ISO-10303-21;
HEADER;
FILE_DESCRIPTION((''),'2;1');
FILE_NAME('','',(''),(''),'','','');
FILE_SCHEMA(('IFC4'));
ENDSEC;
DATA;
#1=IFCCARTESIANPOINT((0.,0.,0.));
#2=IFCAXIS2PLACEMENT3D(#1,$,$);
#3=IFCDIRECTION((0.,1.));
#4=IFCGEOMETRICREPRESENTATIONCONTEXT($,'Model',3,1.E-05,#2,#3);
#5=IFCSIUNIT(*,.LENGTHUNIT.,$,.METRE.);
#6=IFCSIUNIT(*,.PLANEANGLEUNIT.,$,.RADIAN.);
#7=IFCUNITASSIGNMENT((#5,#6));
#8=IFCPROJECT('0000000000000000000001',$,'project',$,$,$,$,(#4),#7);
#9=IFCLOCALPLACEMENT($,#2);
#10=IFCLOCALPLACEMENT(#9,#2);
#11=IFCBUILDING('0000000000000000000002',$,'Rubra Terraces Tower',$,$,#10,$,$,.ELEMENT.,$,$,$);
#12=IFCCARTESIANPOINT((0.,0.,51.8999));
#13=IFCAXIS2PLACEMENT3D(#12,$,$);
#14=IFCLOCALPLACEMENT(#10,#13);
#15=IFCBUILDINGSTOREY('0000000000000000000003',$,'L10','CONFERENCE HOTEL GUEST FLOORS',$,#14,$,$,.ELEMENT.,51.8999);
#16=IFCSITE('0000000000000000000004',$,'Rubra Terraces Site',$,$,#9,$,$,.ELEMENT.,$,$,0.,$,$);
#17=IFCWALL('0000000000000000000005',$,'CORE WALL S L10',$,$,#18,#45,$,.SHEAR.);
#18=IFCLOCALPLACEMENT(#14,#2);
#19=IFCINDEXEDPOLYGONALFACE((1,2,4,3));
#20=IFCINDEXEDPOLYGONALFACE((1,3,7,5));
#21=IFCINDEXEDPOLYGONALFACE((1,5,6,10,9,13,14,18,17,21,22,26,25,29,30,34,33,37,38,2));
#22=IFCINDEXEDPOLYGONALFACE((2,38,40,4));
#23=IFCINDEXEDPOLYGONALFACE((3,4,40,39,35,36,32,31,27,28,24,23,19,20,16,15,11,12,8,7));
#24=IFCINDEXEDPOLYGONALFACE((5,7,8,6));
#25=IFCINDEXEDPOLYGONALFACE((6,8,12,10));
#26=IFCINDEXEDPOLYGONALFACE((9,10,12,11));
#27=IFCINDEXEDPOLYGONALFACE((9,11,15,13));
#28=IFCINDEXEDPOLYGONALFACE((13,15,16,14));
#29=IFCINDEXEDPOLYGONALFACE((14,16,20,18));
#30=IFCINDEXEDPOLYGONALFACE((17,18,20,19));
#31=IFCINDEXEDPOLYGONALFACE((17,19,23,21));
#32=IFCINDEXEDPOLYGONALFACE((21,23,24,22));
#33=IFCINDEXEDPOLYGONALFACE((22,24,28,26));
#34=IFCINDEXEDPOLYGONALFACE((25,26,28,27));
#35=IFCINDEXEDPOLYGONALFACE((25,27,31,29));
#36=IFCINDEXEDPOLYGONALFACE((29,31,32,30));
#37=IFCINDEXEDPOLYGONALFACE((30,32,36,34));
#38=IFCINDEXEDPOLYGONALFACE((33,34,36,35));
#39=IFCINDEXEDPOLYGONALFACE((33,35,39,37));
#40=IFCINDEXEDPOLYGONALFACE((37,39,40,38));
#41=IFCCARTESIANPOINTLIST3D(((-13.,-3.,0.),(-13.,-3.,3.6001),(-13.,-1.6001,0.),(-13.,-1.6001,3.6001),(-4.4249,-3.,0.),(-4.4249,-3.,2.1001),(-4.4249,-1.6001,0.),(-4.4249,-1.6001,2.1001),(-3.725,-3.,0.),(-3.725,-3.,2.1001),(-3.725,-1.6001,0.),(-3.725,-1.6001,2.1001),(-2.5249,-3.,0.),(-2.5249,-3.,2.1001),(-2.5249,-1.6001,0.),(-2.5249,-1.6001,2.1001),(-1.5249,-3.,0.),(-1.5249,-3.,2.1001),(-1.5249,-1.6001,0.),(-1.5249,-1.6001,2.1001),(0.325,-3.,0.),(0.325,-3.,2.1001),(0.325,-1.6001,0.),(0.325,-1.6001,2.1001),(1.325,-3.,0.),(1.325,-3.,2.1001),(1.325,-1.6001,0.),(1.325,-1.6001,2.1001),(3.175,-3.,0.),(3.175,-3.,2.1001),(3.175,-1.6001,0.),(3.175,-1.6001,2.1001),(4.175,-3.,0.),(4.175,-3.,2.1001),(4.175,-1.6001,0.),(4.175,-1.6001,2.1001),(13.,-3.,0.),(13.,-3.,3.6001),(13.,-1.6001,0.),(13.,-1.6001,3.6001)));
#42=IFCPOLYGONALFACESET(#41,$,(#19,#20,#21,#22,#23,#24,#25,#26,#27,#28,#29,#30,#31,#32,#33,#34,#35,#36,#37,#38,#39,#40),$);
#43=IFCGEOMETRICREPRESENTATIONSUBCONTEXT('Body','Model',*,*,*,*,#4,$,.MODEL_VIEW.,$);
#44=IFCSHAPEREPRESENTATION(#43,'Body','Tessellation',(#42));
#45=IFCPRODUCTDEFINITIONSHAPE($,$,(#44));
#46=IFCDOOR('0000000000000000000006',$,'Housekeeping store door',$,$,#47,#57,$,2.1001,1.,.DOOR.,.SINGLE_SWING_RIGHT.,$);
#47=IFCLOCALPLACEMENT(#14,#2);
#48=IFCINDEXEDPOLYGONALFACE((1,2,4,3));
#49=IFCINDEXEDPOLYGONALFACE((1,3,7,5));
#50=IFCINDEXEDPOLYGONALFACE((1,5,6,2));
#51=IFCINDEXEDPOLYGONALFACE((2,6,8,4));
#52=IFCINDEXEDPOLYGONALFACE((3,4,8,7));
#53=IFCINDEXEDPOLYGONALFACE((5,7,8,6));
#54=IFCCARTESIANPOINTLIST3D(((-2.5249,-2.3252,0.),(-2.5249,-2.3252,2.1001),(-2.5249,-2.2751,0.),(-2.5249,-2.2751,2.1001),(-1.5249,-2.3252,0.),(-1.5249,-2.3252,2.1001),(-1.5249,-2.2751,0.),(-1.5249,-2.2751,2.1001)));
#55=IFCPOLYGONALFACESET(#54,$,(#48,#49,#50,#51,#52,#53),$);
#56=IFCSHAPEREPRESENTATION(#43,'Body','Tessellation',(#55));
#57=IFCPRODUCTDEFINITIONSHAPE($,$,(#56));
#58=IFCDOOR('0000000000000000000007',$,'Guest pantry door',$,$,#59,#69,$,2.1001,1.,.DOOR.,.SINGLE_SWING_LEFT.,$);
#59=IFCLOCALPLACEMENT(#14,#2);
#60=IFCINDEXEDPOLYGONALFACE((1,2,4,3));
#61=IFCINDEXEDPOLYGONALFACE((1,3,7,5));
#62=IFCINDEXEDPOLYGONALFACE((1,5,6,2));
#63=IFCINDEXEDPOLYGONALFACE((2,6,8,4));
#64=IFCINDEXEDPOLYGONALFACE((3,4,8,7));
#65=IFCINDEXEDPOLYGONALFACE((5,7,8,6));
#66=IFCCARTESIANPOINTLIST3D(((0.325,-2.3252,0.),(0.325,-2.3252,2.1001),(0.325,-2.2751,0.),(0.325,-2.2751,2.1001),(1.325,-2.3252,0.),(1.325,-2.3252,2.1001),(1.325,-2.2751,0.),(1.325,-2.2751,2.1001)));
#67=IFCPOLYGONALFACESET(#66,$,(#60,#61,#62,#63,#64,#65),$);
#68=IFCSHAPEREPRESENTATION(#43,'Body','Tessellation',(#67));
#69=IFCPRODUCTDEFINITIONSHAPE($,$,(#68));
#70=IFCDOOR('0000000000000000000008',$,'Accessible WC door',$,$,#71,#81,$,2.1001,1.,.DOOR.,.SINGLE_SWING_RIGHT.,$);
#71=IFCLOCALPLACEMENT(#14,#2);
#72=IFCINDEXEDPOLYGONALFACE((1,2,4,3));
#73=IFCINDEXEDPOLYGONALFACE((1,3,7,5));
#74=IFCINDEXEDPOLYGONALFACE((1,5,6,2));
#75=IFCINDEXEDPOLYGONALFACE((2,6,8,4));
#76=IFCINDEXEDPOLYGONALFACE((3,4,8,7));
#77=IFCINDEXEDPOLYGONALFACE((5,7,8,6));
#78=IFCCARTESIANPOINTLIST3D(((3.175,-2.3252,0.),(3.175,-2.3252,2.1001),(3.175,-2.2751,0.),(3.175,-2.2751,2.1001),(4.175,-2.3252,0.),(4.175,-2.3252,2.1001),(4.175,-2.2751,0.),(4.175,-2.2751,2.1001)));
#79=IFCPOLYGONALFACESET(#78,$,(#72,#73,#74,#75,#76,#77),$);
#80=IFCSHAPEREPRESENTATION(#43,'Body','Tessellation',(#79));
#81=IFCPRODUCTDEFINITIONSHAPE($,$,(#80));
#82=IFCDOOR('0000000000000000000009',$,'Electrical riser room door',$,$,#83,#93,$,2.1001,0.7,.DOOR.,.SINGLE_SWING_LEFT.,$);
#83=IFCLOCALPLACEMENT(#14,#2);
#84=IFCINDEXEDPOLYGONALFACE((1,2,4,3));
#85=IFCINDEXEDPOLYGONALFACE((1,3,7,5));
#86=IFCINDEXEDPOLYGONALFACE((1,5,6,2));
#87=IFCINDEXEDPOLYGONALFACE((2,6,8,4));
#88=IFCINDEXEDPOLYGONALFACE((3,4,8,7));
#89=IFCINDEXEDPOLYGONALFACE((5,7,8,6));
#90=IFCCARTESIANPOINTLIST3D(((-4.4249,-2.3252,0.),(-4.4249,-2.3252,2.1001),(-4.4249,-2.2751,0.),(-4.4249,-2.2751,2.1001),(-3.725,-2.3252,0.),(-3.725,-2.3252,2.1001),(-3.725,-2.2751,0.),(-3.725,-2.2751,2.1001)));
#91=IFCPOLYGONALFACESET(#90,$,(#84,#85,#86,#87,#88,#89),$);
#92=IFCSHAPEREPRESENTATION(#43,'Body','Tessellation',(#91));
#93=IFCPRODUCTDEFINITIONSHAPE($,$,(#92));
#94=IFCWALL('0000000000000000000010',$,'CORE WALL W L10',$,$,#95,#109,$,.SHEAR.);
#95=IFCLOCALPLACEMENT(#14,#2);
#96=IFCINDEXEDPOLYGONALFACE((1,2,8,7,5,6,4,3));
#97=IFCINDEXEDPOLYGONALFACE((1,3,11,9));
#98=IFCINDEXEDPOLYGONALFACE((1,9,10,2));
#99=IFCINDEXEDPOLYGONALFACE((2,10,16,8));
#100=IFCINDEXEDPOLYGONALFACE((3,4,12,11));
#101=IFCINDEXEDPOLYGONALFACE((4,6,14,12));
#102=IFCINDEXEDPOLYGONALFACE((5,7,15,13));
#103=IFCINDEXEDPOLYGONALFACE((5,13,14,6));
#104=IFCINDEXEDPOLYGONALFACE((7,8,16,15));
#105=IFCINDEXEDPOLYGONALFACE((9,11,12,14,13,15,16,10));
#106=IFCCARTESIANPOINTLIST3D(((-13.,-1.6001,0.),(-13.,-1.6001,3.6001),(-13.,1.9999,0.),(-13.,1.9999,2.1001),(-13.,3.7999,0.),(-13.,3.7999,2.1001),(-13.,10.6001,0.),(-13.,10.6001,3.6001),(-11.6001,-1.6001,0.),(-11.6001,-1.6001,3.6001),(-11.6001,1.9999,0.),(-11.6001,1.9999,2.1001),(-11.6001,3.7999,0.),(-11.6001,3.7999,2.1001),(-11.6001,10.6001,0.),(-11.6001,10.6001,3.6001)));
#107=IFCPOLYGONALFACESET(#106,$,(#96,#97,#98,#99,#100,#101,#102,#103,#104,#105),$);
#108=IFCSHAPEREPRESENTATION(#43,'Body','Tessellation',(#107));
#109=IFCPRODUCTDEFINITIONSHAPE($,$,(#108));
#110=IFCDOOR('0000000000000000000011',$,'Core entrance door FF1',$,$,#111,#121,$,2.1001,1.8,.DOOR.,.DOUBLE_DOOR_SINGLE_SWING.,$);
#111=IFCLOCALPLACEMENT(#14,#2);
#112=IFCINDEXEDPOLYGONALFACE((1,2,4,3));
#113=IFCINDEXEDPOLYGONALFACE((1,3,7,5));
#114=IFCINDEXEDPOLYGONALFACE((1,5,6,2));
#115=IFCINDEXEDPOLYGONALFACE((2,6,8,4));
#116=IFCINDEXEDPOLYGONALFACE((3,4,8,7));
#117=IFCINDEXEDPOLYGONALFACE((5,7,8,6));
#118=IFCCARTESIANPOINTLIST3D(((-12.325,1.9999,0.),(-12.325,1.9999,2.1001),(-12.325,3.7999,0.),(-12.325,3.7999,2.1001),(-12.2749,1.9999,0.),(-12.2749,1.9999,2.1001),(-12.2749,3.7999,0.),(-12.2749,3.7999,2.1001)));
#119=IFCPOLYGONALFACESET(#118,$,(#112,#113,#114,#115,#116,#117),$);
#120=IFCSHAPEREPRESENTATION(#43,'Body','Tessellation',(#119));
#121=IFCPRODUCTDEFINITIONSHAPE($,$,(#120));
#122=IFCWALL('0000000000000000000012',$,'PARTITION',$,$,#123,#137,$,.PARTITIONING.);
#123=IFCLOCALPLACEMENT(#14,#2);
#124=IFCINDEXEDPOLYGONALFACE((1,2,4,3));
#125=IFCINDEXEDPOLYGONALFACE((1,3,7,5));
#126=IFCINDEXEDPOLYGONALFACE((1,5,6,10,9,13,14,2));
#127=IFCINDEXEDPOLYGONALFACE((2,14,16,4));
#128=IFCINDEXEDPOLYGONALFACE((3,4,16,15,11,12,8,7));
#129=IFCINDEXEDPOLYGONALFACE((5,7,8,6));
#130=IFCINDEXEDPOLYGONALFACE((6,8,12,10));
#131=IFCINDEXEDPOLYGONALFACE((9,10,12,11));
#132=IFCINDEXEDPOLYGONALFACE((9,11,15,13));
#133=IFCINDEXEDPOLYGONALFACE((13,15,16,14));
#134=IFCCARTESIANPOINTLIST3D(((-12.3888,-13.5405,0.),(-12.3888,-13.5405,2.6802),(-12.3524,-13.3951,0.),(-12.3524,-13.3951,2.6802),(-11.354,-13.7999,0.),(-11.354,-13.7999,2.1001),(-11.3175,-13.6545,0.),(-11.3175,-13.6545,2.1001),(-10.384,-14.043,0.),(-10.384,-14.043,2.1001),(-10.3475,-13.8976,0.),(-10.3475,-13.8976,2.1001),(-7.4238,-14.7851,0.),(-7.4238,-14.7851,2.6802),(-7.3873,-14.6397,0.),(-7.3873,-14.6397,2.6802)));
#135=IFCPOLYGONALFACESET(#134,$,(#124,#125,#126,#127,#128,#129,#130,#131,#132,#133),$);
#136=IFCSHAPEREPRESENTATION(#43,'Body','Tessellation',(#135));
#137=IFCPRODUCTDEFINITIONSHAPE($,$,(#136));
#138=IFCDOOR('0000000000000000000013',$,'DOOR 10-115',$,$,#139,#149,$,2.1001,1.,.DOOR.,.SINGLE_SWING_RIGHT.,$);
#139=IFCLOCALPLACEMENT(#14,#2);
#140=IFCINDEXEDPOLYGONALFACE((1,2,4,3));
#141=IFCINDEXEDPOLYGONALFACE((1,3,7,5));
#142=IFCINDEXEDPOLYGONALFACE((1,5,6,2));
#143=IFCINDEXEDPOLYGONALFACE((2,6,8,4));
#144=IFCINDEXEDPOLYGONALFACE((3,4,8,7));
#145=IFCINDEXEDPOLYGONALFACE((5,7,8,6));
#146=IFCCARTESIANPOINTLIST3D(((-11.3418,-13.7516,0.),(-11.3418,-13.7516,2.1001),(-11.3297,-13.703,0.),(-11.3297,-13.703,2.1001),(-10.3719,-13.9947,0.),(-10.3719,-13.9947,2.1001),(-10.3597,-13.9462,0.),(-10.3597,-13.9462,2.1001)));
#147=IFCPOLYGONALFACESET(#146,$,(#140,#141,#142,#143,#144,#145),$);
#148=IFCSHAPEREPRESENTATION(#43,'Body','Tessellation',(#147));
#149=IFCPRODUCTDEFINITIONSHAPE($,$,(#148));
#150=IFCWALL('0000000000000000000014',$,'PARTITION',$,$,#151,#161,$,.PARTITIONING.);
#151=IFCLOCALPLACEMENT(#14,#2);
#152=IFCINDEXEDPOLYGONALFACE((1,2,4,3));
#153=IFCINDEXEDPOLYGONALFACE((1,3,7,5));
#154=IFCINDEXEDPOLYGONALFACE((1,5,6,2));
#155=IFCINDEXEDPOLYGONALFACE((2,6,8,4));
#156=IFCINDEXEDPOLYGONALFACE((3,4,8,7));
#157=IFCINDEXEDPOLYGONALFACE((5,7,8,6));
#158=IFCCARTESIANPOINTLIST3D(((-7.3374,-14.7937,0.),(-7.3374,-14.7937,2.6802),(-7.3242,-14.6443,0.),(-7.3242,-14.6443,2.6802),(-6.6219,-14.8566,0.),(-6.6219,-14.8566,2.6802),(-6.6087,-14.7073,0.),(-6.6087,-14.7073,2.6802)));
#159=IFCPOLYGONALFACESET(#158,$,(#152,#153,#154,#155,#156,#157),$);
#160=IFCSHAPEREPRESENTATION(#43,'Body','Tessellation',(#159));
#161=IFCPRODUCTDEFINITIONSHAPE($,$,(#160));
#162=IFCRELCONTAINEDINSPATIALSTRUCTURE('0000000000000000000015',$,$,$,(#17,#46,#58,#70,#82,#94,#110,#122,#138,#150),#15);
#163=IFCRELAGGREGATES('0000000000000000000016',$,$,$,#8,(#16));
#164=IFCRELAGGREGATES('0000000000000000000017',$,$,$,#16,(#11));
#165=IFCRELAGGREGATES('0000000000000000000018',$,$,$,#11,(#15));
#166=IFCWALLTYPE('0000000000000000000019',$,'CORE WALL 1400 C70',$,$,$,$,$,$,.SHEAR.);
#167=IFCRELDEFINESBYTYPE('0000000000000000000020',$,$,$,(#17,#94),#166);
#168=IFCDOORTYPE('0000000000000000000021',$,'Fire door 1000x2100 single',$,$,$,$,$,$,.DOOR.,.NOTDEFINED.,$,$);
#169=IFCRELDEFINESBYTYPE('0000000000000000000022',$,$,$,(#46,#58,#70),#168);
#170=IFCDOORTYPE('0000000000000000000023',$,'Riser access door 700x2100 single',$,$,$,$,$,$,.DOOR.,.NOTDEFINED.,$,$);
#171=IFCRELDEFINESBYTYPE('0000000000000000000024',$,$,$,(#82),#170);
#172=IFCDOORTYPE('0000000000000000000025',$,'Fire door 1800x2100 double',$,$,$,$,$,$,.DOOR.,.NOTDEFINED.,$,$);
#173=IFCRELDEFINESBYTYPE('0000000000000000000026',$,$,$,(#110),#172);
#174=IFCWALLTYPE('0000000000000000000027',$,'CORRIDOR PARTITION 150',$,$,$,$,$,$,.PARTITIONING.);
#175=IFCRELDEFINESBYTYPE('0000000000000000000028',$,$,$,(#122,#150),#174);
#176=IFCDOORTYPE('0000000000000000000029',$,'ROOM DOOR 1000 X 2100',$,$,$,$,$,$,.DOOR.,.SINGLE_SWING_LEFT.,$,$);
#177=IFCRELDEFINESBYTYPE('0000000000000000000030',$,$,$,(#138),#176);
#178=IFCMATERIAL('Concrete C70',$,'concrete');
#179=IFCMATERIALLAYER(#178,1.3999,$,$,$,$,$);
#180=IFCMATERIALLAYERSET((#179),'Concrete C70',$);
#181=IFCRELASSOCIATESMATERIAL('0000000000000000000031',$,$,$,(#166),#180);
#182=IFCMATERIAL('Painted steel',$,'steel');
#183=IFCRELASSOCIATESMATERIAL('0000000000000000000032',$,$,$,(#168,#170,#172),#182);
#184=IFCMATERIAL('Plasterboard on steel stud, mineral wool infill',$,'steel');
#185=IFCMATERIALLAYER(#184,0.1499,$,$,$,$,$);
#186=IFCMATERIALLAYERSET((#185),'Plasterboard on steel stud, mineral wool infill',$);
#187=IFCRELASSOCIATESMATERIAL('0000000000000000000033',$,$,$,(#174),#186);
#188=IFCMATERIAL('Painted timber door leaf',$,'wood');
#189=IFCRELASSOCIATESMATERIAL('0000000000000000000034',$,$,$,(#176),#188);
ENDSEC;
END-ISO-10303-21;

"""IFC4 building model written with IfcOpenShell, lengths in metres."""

from ifc_helpers import new_model, si_unit, direction, frame, frame_2d, origin, place, context, subcontext, project, spatial, rectangle, extrude, material, layer, layer_set, type_object, element, fill, save


model = new_model("IFC4")

# Units and contexts
model_context = context("Model", 3, precision=1e-05, world=origin(), true_north=direction((0.0, 1.0)))
body_context = subcontext(model_context, "Body", "Model", "MODEL_VIEW")
ifc_project = project(units=[si_unit("LENGTHUNIT", "METRE"), si_unit("PLANEANGLEUNIT", "RADIAN")], contexts=[model_context])

# Site, building, storey
site_placement = place(None, origin())
site = spatial("IfcSite", under=ifc_project, at=site_placement, Name="Rubra Terraces Site", CompositionType="ELEMENT", RefElevation=0.0)
building_placement = place(site_placement, origin())
building = spatial("IfcBuilding", under=site, at=building_placement, Name="Rubra Terraces Tower", CompositionType="ELEMENT")
storey_placement = place(building_placement, frame((0.0, 0.0, 51.8999)))
storey = spatial("IfcBuildingStorey", under=building, at=storey_placement, Name="L10", Description="CONFERENCE HOTEL GUEST FLOORS", CompositionType="ELEMENT", Elevation=51.8999)

# Wall, openings, doors
ifc_material_1 = material(Name="Concrete C70", Category="concrete")
ifc_layer_1 = layer(ifc_material_1, 1.3999)
ifc_layer_set_1 = layer_set([ifc_layer_1], Name="Concrete C70")
wall_type_1 = type_object("IfcWallType", Name="CORE WALL 1400 C70", PredefinedType="SHEAR", material=ifc_layer_set_1)
wall_1_placement = place(storey_placement, frame((-13.0, -2.3, 0.0), z_axis=(0.0, 0.0, 1.0), x_axis=(1.0, 0.0, 0.0)))
wall_1 = element("IfcWall", 1, at=wall_1_placement, inside=storey, type_object=wall_type_1, Name="CORE WALL S L10", PredefinedType="SHEAR", context=body_context, shape_type="SweptSolid", body=[
    extrude(rectangle(XDim=26.0, YDim=1.3999, at=frame_2d((13.0, 0.0))), origin(), (0.0, 0.0, 1.0), 3.6001),
])
opening_1_placement = place(wall_1_placement, frame((8.575, 0.0, 0.0)))
opening_1 = element("IfcOpeningElement", 2, at=opening_1_placement, cuts=wall_1, PredefinedType="OPENING", context=body_context, shape_type="SweptSolid", body=[
    extrude(rectangle(XDim=0.7, YDim=2.1001, at=frame_2d((0.3501, 1.05))), frame((0.0, 0.71, 0.0), z_axis=(0.0, -1.0, 0.0), x_axis=(1.0, 0.0, 0.0)), (0.0, 0.0, 1.0), 1.4199),
])
opening_2_placement = place(wall_1_placement, frame((10.4751, 0.0, 0.0)))
opening_2 = element("IfcOpeningElement", 3, at=opening_2_placement, cuts=wall_1, PredefinedType="OPENING", context=body_context, shape_type="SweptSolid", body=[
    extrude(rectangle(XDim=1.0, YDim=2.1001, at=frame_2d((0.5, 1.05))), frame((0.0, 0.71, 0.0), z_axis=(0.0, -1.0, 0.0), x_axis=(1.0, 0.0, 0.0)), (0.0, 0.0, 1.0), 1.4199),
])
opening_3_placement = place(wall_1_placement, frame((13.325, 0.0, 0.0)))
opening_3 = element("IfcOpeningElement", 4, at=opening_3_placement, cuts=wall_1, PredefinedType="OPENING", context=body_context, shape_type="SweptSolid", body=[
    extrude(rectangle(XDim=1.0, YDim=2.1001, at=frame_2d((0.5, 1.05))), frame((0.0, 0.71, 0.0), z_axis=(0.0, -1.0, 0.0), x_axis=(1.0, 0.0, 0.0)), (0.0, 0.0, 1.0), 1.4199),
])
opening_4_placement = place(wall_1_placement, frame((16.175, 0.0, 0.0)))
opening_4 = element("IfcOpeningElement", 5, at=opening_4_placement, cuts=wall_1, PredefinedType="OPENING", context=body_context, shape_type="SweptSolid", body=[
    extrude(rectangle(XDim=1.0, YDim=2.1001, at=frame_2d((0.5, 1.05))), frame((0.0, 0.71, 0.0), z_axis=(0.0, -1.0, 0.0), x_axis=(1.0, 0.0, 0.0)), (0.0, 0.0, 1.0), 1.4199),
])
ifc_material_2 = material(Name="Painted steel", Category="steel")
door_type_1 = type_object("IfcDoorType", Name="Fire door 1000x2100 single", OperationType="NOTDEFINED", PredefinedType="DOOR", material=ifc_material_2)
door_1_placement = place(opening_2_placement, origin())
door_1 = element("IfcDoor", 6, at=door_1_placement, inside=storey, type_object=door_type_1, Name="Housekeeping store door", OperationType="SINGLE_SWING_RIGHT", OverallHeight=2.1001, OverallWidth=1.0, PredefinedType="DOOR", context=body_context, shape_type="SweptSolid", body=[
    extrude(rectangle(XDim=1.0, YDim=2.1001, at=frame_2d((0.5, 1.05))), frame((0.0, 0.0249, 0.0), z_axis=(0.0, -1.0, 0.0), x_axis=(1.0, 0.0, 0.0)), (0.0, 0.0, 1.0), 0.05),
])
fill(opening_2, door_1)
door_2_placement = place(opening_3_placement, origin())
door_2 = element("IfcDoor", 7, at=door_2_placement, inside=storey, type_object=door_type_1, Name="Guest pantry door", OperationType="SINGLE_SWING_LEFT", OverallHeight=2.1001, OverallWidth=1.0, PredefinedType="DOOR", context=body_context, shape_type="SweptSolid", body=[
    extrude(rectangle(XDim=1.0, YDim=2.1001, at=frame_2d((0.5, 1.05))), frame((0.0, 0.0249, 0.0), z_axis=(0.0, -1.0, 0.0), x_axis=(1.0, 0.0, 0.0)), (0.0, 0.0, 1.0), 0.05),
])
fill(opening_3, door_2)
door_3_placement = place(opening_4_placement, origin())
door_3 = element("IfcDoor", 8, at=door_3_placement, inside=storey, type_object=door_type_1, Name="Accessible WC door", OperationType="SINGLE_SWING_RIGHT", OverallHeight=2.1001, OverallWidth=1.0, PredefinedType="DOOR", context=body_context, shape_type="SweptSolid", body=[
    extrude(rectangle(XDim=1.0, YDim=2.1001, at=frame_2d((0.5, 1.05))), frame((0.0, 0.0249, 0.0), z_axis=(0.0, -1.0, 0.0), x_axis=(1.0, 0.0, 0.0)), (0.0, 0.0, 1.0), 0.05),
])
fill(opening_4, door_3)
door_type_2 = type_object("IfcDoorType", Name="Riser access door 700x2100 single", OperationType="NOTDEFINED", PredefinedType="DOOR", material=ifc_material_2)
door_4_placement = place(opening_1_placement, origin())
door_4 = element("IfcDoor", 9, at=door_4_placement, inside=storey, type_object=door_type_2, Name="Electrical riser room door", OperationType="SINGLE_SWING_LEFT", OverallHeight=2.1001, OverallWidth=0.7, PredefinedType="DOOR", context=body_context, shape_type="SweptSolid", body=[
    extrude(rectangle(XDim=0.7, YDim=2.1001, at=frame_2d((0.3501, 1.05))), frame((0.0, 0.0249, 0.0), z_axis=(0.0, -1.0, 0.0), x_axis=(1.0, 0.0, 0.0)), (0.0, 0.0, 1.0), 0.05),
])
fill(opening_1, door_4)

# Walls, openings, doors
wall_2_placement = place(storey_placement, frame((-12.3, -1.6001, 0.0), z_axis=(0.0, 0.0, 1.0), x_axis=(0.0, 1.0, 0.0)))
wall_2 = element("IfcWall", 10, at=wall_2_placement, inside=storey, type_object=wall_type_1, Name="CORE WALL W L10", PredefinedType="SHEAR", context=body_context, shape_type="SweptSolid", body=[
    extrude(rectangle(XDim=12.2002, YDim=1.3999, at=frame_2d((6.1001, 0.0))), origin(), (0.0, 0.0, 1.0), 3.6001),
])
opening_5_placement = place(wall_2_placement, frame((3.6001, 0.0, 0.0)))
opening_5 = element("IfcOpeningElement", 11, at=opening_5_placement, cuts=wall_2, PredefinedType="OPENING", context=body_context, shape_type="SweptSolid", body=[
    extrude(rectangle(XDim=1.8, YDim=2.1001, at=frame_2d((0.8999, 1.05))), frame((0.0, 0.71, 0.0), z_axis=(0.0, -1.0, 0.0), x_axis=(1.0, 0.0, 0.0)), (0.0, 0.0, 1.0), 1.4199),
])
door_type_3 = type_object("IfcDoorType", Name="Fire door 1800x2100 double", OperationType="NOTDEFINED", PredefinedType="DOOR", material=ifc_material_2)
door_5_placement = place(opening_5_placement, origin())
door_5 = element("IfcDoor", 12, at=door_5_placement, inside=storey, type_object=door_type_3, Name="Core entrance door FF1", OperationType="DOUBLE_DOOR_SINGLE_SWING", OverallHeight=2.1001, OverallWidth=1.8, PredefinedType="DOOR", context=body_context, shape_type="SweptSolid", body=[
    extrude(rectangle(XDim=1.8, YDim=2.1001, at=frame_2d((0.8999, 1.05))), frame((0.0, 0.0249, 0.0), z_axis=(0.0, -1.0, 0.0), x_axis=(1.0, 0.0, 0.0)), (0.0, 0.0, 1.0), 0.05),
])
fill(opening_5, door_5)
ifc_material_3 = material(Name="Plasterboard on steel stud, mineral wool infill", Category="steel")
ifc_layer_2 = layer(ifc_material_3, 0.1499)
ifc_layer_set_2 = layer_set([ifc_layer_2], Name="Plasterboard on steel stud, mineral wool infill")
wall_type_2 = type_object("IfcWallType", Name="CORRIDOR PARTITION 150", PredefinedType="PARTITIONING", material=ifc_layer_set_2)
wall_3_placement = place(storey_placement, frame((-12.3706, -13.4678, 0.0), z_axis=(0.0, 0.0, 1.0), x_axis=(0.969988, -0.243153, 0.0)))
wall_3 = element("IfcWall", 13, at=wall_3_placement, inside=storey, type_object=wall_type_2, Name="PARTITION", PredefinedType="PARTITIONING", context=body_context, shape_type="SweptSolid", body=[
    extrude(rectangle(XDim=5.1187, YDim=0.1499, at=frame_2d((2.5593, 0.0))), origin(), (0.0, 0.0, 1.0), 2.6802),
])
opening_6_placement = place(wall_3_placement, frame((1.0669, 0.0, 0.0)))
opening_6 = element("IfcOpeningElement", 14, at=opening_6_placement, cuts=wall_3, PredefinedType="OPENING", context=body_context, shape_type="SweptSolid", body=[
    extrude(rectangle(XDim=1.0, YDim=2.1001, at=frame_2d((0.5, 1.05))), frame((0.0, 0.085, 0.0), z_axis=(0.0, -1.0, 0.0), x_axis=(1.0, 0.0, 0.0)), (0.0, 0.0, 1.0), 0.1699),
])
ifc_material_4 = material(Name="Painted timber door leaf", Category="wood")
door_type_4 = type_object("IfcDoorType", Name="ROOM DOOR 1000 X 2100", OperationType="SINGLE_SWING_LEFT", PredefinedType="DOOR", material=ifc_material_4)
door_6_placement = place(opening_6_placement, origin())
door_6 = element("IfcDoor", 15, at=door_6_placement, inside=storey, type_object=door_type_4, Name="DOOR 10-115", OperationType="SINGLE_SWING_RIGHT", OverallHeight=2.1001, OverallWidth=1.0, PredefinedType="DOOR", context=body_context, shape_type="SweptSolid", body=[
    extrude(rectangle(XDim=1.0, YDim=2.1001, at=frame_2d((0.5, 1.05))), frame((0.0, 0.0249, 0.0), z_axis=(0.0, -1.0, 0.0), x_axis=(1.0, 0.0, 0.0)), (0.0, 0.0, 1.0), 0.05),
])
fill(opening_6, door_6)

# Wall
wall_4_placement = place(storey_placement, frame((-7.3308, -14.719, 0.0), z_axis=(0.0, 0.0, 1.0), x_axis=(0.996148, -0.087686, 0.0)))
element("IfcWall", 16, at=wall_4_placement, inside=storey, type_object=wall_type_2, Name="PARTITION", PredefinedType="PARTITIONING", context=body_context, shape_type="SweptSolid", body=[
    extrude(rectangle(XDim=0.7183, YDim=0.1499, at=frame_2d((0.3591, 0.0))), origin(), (0.0, 0.0, 1.0), 2.6802),
])

save(model, "model.ifc")
